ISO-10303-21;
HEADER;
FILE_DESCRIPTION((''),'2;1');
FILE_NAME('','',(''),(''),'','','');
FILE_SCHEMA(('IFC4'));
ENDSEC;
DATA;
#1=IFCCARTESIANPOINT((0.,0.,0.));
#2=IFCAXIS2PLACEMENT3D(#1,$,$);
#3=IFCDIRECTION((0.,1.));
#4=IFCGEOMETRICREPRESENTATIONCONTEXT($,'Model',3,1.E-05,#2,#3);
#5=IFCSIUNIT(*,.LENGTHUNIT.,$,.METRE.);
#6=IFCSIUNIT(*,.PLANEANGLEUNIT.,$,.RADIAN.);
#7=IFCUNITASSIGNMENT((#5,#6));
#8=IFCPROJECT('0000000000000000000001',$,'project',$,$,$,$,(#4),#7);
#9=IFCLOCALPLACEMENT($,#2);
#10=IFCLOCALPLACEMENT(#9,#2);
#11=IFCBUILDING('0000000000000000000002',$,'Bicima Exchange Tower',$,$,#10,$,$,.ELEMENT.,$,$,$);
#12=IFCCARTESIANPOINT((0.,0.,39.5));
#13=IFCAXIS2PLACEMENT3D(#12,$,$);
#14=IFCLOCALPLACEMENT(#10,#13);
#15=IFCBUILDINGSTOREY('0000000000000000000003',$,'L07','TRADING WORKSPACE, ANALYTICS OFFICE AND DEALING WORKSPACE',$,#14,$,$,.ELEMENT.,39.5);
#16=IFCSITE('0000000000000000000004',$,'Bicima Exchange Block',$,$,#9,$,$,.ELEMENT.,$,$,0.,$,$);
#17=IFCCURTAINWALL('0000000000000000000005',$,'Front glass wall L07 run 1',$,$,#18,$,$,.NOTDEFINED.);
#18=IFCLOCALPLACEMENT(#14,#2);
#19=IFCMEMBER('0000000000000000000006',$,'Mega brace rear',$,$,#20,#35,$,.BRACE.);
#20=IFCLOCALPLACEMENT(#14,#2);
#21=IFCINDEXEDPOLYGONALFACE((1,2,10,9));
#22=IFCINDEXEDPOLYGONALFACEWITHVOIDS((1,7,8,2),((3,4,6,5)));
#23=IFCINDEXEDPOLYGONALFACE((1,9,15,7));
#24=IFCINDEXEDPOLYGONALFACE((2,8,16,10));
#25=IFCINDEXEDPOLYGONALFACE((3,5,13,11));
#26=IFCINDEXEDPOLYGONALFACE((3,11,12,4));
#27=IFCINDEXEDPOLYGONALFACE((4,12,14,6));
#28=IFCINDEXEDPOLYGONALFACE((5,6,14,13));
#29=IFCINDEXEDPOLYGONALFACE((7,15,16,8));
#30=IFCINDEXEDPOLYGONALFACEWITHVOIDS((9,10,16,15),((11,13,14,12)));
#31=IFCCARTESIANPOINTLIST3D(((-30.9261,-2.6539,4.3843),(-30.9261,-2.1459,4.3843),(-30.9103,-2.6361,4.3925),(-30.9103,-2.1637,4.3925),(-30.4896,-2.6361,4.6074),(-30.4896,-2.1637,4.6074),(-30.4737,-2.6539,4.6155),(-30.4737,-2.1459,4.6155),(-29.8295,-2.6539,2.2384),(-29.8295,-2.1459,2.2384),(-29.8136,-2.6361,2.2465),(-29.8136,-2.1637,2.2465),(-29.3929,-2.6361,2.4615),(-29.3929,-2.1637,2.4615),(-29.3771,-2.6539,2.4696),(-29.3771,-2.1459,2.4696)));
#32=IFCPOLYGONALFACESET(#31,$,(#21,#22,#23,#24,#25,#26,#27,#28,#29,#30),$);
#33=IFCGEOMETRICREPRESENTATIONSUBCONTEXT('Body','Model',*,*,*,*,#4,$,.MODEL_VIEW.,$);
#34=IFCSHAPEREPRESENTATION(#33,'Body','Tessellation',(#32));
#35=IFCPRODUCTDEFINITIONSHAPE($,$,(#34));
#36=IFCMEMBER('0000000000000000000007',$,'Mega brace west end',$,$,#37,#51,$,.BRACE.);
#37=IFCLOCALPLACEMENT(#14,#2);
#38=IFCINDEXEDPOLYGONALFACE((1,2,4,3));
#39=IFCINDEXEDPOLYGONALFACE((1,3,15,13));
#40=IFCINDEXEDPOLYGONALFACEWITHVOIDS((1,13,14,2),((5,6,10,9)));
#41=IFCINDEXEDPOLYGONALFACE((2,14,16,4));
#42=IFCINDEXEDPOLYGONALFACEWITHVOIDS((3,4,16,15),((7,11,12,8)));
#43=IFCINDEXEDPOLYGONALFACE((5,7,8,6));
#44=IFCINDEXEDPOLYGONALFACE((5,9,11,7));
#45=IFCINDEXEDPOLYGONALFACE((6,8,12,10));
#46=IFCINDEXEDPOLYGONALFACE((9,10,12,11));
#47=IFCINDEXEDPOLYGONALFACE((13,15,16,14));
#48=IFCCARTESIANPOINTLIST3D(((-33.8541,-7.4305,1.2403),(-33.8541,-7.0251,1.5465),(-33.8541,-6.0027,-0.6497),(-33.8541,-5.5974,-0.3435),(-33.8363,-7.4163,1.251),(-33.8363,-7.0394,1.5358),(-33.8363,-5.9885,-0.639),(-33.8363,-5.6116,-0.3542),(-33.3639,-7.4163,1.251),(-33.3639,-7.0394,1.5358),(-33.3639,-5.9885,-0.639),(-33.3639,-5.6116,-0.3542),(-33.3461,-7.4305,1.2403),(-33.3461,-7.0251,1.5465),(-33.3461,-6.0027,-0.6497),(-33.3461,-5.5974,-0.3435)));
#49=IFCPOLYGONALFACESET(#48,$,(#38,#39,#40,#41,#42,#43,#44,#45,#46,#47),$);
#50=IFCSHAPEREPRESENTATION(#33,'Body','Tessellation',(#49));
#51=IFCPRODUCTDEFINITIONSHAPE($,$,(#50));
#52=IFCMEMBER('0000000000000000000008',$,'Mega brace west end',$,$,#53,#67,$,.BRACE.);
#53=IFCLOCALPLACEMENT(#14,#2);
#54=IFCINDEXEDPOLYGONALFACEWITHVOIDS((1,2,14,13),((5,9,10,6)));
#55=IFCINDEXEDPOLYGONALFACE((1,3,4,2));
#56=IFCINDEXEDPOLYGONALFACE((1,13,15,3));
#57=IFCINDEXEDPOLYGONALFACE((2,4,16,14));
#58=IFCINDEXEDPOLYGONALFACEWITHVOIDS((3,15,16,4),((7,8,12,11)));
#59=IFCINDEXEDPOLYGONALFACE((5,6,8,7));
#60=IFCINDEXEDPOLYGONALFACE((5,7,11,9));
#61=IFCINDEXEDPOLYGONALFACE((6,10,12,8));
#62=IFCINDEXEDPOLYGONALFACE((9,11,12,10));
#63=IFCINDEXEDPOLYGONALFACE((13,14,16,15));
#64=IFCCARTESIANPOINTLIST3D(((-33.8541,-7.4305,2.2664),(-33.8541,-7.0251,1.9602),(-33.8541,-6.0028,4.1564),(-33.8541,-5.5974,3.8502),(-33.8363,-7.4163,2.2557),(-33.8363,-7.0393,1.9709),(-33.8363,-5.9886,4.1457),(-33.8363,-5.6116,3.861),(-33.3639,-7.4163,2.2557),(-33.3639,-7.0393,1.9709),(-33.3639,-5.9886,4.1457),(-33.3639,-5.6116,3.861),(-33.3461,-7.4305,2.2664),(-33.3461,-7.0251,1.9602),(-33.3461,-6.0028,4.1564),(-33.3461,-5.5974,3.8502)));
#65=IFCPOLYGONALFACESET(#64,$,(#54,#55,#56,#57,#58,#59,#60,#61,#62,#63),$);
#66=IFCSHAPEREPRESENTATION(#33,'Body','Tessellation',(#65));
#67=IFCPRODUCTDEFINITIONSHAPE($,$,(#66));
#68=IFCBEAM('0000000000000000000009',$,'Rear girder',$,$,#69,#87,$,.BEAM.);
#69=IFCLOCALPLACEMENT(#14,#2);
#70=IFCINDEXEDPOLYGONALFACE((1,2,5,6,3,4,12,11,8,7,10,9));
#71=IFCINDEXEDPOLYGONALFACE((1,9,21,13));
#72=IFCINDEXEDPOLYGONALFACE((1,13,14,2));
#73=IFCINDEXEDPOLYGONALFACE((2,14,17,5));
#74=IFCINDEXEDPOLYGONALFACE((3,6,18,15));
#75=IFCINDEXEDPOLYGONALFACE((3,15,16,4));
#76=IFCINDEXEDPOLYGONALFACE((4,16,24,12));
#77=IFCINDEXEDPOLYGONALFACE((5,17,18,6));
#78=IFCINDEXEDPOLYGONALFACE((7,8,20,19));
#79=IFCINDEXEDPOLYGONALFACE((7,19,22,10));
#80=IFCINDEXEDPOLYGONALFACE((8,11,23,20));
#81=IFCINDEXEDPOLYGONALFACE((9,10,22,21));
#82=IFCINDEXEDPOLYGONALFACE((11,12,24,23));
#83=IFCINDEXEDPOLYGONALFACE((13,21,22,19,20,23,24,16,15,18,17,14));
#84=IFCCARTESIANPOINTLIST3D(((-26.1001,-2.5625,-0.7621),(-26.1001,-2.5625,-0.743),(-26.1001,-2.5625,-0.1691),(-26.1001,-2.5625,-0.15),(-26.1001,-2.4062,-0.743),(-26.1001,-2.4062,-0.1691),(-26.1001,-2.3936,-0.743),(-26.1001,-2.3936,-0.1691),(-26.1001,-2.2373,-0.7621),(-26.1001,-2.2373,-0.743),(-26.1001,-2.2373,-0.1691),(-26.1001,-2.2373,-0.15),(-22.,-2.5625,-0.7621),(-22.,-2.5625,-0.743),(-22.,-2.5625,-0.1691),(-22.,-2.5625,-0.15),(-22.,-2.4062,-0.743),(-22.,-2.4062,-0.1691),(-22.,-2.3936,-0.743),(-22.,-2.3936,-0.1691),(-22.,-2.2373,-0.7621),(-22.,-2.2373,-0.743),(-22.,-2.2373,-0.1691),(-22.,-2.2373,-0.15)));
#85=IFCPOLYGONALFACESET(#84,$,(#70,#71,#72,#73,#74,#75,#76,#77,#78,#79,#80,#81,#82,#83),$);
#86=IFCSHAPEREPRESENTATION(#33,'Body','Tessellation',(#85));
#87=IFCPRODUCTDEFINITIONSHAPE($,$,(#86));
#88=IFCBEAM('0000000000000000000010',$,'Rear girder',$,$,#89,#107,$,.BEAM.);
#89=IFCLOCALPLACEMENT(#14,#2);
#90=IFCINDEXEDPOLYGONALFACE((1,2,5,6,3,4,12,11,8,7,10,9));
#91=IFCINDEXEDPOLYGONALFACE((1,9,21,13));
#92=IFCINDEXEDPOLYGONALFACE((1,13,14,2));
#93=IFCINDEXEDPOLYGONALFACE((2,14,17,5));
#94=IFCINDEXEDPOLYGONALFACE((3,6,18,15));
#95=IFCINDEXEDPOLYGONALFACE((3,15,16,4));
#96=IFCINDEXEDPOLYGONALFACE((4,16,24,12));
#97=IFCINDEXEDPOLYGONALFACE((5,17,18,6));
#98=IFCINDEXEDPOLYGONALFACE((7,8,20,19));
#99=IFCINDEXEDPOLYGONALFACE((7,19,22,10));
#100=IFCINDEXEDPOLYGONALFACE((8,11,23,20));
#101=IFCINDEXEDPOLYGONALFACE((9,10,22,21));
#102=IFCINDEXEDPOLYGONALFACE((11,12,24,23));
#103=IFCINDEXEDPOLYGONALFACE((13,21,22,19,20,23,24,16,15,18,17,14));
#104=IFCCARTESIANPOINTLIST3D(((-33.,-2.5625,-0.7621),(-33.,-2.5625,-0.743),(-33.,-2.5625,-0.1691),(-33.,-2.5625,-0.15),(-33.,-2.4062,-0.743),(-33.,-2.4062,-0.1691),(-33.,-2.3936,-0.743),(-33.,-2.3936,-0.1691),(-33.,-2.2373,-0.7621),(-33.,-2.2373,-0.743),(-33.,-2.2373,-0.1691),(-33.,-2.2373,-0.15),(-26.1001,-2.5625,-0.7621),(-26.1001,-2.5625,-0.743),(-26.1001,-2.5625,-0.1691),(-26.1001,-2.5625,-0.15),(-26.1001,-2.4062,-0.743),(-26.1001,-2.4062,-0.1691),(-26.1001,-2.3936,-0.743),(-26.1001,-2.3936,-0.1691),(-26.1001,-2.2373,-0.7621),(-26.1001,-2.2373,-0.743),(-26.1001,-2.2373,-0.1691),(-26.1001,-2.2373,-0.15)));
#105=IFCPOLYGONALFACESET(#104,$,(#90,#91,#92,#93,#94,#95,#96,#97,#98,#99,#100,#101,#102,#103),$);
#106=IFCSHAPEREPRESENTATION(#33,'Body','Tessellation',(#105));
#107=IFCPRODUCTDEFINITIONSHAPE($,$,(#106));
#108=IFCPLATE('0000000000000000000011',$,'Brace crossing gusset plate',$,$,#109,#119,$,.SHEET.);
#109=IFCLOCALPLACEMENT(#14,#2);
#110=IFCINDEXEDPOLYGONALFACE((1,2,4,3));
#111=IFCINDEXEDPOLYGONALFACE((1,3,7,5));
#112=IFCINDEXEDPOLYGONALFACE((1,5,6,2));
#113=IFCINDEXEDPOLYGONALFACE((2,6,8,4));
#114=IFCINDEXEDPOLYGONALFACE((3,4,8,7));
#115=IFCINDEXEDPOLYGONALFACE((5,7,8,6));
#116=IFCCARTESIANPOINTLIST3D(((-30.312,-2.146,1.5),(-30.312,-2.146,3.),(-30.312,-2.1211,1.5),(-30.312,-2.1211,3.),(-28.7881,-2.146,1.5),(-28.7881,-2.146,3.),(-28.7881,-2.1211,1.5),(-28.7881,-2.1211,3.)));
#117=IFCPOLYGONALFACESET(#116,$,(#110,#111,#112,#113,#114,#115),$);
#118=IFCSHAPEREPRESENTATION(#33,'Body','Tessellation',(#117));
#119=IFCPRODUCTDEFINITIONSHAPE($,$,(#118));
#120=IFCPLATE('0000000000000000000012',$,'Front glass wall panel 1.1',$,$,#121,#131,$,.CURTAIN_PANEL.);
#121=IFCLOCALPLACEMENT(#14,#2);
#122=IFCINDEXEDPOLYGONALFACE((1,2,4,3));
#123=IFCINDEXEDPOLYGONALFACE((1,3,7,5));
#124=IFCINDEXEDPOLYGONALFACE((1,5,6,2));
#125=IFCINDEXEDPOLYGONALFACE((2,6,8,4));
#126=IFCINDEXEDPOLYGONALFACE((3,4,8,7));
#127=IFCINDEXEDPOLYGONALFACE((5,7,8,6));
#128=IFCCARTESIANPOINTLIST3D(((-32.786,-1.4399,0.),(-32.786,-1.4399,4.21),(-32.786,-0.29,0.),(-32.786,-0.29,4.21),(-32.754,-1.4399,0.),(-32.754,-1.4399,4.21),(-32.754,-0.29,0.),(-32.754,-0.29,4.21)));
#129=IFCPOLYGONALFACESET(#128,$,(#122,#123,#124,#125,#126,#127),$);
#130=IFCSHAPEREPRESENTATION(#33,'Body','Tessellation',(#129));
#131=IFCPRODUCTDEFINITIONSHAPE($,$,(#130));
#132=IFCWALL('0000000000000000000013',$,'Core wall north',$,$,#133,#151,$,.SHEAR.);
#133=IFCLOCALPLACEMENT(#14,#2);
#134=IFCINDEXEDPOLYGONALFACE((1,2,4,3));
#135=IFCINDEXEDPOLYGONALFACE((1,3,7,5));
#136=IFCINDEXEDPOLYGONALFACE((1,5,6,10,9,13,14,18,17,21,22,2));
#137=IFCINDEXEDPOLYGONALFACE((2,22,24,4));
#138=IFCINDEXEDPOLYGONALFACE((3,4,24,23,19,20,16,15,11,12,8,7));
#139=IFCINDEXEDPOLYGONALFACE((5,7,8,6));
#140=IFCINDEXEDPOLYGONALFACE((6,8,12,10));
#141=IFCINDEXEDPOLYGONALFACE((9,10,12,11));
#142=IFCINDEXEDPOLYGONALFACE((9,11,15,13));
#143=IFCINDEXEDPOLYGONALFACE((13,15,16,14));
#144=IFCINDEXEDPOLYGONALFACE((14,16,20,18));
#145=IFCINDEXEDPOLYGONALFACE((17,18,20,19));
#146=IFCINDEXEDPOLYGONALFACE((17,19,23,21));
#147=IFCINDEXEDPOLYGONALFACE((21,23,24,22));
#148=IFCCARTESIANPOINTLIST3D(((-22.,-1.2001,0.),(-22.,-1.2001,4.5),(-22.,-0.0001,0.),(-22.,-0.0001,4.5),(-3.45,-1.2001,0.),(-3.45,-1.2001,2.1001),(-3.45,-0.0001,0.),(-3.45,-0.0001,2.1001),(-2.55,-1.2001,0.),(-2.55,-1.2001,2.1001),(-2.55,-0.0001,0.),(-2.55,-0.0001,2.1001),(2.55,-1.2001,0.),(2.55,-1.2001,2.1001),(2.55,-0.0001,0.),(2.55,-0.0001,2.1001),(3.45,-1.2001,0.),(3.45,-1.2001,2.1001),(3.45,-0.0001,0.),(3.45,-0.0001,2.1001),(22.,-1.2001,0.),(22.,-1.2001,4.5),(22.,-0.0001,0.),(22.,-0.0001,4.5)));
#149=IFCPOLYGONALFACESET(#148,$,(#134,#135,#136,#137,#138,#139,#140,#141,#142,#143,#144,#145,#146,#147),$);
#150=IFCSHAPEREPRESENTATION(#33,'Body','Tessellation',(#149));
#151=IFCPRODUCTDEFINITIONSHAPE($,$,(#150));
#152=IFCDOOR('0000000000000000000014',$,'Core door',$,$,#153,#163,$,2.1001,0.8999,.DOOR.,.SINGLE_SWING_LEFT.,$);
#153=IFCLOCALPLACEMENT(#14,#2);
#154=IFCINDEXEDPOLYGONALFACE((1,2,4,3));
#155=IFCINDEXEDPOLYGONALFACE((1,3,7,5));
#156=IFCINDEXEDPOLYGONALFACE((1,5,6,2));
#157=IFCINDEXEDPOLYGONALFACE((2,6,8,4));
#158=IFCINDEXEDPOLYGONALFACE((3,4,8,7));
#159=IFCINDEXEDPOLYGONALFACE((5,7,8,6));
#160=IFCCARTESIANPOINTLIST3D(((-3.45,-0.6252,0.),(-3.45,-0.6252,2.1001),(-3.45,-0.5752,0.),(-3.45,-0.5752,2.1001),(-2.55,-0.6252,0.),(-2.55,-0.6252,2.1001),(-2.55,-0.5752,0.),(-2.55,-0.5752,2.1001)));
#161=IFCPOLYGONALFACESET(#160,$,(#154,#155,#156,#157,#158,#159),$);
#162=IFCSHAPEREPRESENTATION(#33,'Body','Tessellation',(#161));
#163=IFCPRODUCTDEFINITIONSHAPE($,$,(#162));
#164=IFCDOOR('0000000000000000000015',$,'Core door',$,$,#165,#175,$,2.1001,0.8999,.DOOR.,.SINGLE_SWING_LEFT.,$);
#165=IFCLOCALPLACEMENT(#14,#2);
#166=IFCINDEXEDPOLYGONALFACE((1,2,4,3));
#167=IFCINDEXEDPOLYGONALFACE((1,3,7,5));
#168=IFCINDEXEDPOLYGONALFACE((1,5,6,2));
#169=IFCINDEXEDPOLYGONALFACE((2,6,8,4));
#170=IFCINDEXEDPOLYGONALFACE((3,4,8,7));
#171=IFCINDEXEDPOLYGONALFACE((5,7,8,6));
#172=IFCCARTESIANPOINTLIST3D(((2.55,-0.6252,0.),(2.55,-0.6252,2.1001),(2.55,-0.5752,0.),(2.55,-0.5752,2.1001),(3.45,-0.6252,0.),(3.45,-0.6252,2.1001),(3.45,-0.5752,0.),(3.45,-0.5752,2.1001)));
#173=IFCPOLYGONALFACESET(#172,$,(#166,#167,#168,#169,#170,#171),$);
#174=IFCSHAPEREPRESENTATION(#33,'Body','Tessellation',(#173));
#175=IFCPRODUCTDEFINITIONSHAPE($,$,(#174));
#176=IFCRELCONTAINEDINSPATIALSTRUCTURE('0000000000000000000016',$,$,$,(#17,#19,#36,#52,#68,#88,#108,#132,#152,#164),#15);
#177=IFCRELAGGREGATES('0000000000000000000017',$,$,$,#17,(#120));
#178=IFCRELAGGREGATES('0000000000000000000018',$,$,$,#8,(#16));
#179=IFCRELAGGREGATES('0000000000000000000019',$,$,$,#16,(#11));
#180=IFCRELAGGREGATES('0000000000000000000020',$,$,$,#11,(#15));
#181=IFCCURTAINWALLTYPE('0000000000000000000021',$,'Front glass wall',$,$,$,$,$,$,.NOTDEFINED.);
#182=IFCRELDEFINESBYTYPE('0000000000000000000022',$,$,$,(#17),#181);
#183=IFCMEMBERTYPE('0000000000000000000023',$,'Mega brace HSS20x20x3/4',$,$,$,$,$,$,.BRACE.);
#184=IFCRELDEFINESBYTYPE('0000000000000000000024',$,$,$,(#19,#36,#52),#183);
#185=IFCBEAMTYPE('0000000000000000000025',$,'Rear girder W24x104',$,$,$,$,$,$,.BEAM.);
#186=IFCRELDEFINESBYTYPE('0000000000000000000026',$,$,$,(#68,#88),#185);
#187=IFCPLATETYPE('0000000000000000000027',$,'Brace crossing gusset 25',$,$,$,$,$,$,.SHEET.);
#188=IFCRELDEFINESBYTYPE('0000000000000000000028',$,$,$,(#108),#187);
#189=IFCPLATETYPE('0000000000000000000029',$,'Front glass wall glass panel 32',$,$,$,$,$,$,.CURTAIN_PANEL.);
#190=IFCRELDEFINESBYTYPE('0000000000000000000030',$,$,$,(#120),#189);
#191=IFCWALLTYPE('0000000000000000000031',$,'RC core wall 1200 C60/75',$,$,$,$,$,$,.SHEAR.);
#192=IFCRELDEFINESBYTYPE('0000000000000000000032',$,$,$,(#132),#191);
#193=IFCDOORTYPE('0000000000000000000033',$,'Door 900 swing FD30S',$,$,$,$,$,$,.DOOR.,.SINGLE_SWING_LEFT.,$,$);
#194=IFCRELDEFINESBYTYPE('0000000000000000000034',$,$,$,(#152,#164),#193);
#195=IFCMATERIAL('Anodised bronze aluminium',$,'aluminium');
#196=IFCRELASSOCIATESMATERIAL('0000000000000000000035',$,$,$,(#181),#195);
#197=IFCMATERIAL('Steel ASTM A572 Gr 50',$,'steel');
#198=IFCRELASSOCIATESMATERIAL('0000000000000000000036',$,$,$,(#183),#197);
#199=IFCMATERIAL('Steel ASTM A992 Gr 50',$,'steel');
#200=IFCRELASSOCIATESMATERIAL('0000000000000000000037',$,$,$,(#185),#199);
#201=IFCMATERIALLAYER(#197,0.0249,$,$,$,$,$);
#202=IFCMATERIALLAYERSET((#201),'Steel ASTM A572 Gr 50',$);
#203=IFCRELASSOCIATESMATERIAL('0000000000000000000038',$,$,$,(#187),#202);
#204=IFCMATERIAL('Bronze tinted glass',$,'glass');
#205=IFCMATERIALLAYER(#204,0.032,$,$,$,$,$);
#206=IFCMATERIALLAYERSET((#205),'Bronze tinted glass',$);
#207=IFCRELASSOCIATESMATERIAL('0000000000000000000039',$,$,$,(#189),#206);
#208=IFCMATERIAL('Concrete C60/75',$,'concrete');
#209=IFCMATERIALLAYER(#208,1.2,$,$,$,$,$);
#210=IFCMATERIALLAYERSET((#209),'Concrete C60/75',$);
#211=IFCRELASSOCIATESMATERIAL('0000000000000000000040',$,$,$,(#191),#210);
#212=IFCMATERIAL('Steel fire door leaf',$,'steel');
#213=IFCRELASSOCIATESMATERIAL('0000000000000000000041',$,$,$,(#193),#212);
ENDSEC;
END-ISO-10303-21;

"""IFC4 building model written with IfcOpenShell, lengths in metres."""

from ifc_helpers import new_model, si_unit, direction, frame, frame_2d, origin, origin_2d, place, context, subcontext, project, spatial, rectangle, hollow_rectangle, i_section, extrude, material, layer, layer_set, material_profile, profile_set, type_object, element, fill, aggregate, save


model = new_model("IFC4")

# Units and contexts
model_context = context("Model", 3, precision=1e-05, world=origin(), true_north=direction((0.0, 1.0)))
body_context = subcontext(model_context, "Body", "Model", "MODEL_VIEW")
ifc_project = project(units=[si_unit("LENGTHUNIT", "METRE"), si_unit("PLANEANGLEUNIT", "RADIAN")], contexts=[model_context])

# Site, building, storey
site_placement = place(None, origin())
site = spatial("IfcSite", under=ifc_project, at=site_placement, Name="Bicima Exchange Block", CompositionType="ELEMENT", RefElevation=0.0)
building_placement = place(site_placement, origin())
building = spatial("IfcBuilding", under=site, at=building_placement, Name="Bicima Exchange Tower", CompositionType="ELEMENT")
storey_placement = place(building_placement, frame((0.0, 0.0, 39.5)))
storey = spatial("IfcBuildingStorey", under=building, at=storey_placement, Name="L07", Description="TRADING WORKSPACE, ANALYTICS OFFICE AND DEALING WORKSPACE", CompositionType="ELEMENT", Elevation=39.5)

# Shared definitions
ifc_material_1 = material(Name="Steel ASTM A572 Gr 50", Category="steel")
ifc_material_2 = material(Name="Steel ASTM A992 Gr 50", Category="steel")

# Curtain wall
ifc_material_3 = material(Name="Anodised bronze aluminium", Category="aluminium")
curtain_wall_type = type_object("IfcCurtainWallType", Name="Front glass wall", PredefinedType="NOTDEFINED", material=ifc_material_3)
curtain_wall_placement = place(storey_placement, origin())
curtain_wall = element("IfcCurtainWall", 1, at=curtain_wall_placement, inside=storey, type_object=curtain_wall_type, Name="Front glass wall L07 run 1", PredefinedType="NOTDEFINED")

# Members
ifc_material_profile_1 = material_profile(ifc_material_1, hollow_rectangle(XDim=0.5081, YDim=0.5081, WallThickness=0.0178, at=origin_2d()))
ifc_profile_set_1 = profile_set([ifc_material_profile_1], Name="Steel ASTM A572 Gr 50")
member_type_1 = type_object("IfcMemberType", Name="Mega brace HSS20x20x3/4", PredefinedType="BRACE", material=ifc_profile_set_1)
member_1_placement = place(storey_placement, frame((-29.6033, -2.3999, 2.354), z_axis=(-0.455058, 0.0, 0.890462), x_axis=(0.0, -1.0, 0.0)))
element("IfcMember", 2, at=member_1_placement, inside=storey, type_object=member_type_1, Name="Mega brace rear", PredefinedType="BRACE", context=body_context, shape_type="SweptSolid", body=[
    extrude(hollow_rectangle(XDim=0.5081, YDim=0.5081, WallThickness=0.0178, at=origin_2d()), origin(), (0.0, 0.0, 1.0), 2.4099),
])
for number, where, z_axis, x_axis, name in (
    (3, (-33.6001, -5.8, -0.4966), (0.0, -0.602784, 0.797905), (1.0, 0.0, 0.0), "Mega brace west end"),
    (4, (-33.6001, -7.2278, 2.1133), (0.0, 0.602734, 0.797942), (-1.0, 0.0, 0.0), "Mega brace west end"),
):
    element("IfcMember", number, at=place(storey_placement, frame(where, z_axis=z_axis, x_axis=x_axis)), inside=storey, type_object=member_type_1, Name=name, PredefinedType="BRACE", context=body_context, shape_type="SweptSolid", body=[
        extrude(hollow_rectangle(XDim=0.5081, YDim=0.5081, WallThickness=0.0178, at=origin_2d()), origin(), (0.0, 0.0, 1.0), 2.3687),
    ])

# Beams
ifc_material_profile_2 = material_profile(ifc_material_2, i_section(OverallWidth=0.3252, OverallDepth=0.6121, WebThickness=0.0127, FlangeThickness=0.019, at=origin_2d()))
ifc_profile_set_2 = profile_set([ifc_material_profile_2], Name="Steel ASTM A992 Gr 50")
beam_type_1 = type_object("IfcBeamType", Name="Rear girder W24x104", PredefinedType="BEAM", material=ifc_profile_set_2)
beam_1_placement = place(storey_placement, frame((-22.0, -2.3999, -0.4561), z_axis=(-1.0, 0.0, 0.0), x_axis=(0.0, -1.0, 0.0)))
element("IfcBeam", 5, at=beam_1_placement, inside=storey, type_object=beam_type_1, Name="Rear girder", PredefinedType="BEAM", context=body_context, shape_type="SweptSolid", body=[
    extrude(i_section(OverallWidth=0.3252, OverallDepth=0.6121, WebThickness=0.0127, FlangeThickness=0.019, at=origin_2d()), origin(), (0.0, 0.0, 1.0), 4.1001),
])
beam_2_placement = place(storey_placement, frame((-26.1001, -2.3999, -0.4561), z_axis=(-1.0, 0.0, 0.0), x_axis=(0.0, -1.0, 0.0)))
element("IfcBeam", 6, at=beam_2_placement, inside=storey, type_object=beam_type_1, Name="Rear girder", PredefinedType="BEAM", context=body_context, shape_type="SweptSolid", body=[
    extrude(i_section(OverallWidth=0.3252, OverallDepth=0.6121, WebThickness=0.0127, FlangeThickness=0.019, at=origin_2d()), origin(), (0.0, 0.0, 1.0), 6.8999),
])

# Plates
ifc_layer_1 = layer(ifc_material_1, 0.0249)
ifc_layer_set_1 = layer_set([ifc_layer_1], Name="Steel ASTM A572 Gr 50")
plate_type_1 = type_object("IfcPlateType", Name="Brace crossing gusset 25", PredefinedType="SHEET", material=ifc_layer_set_1)
plate_1_placement = place(storey_placement, frame((-29.55, -2.1335, 1.5), z_axis=(0.0, 0.0, 1.0), x_axis=(1.0, 0.0, 0.0)))
element("IfcPlate", 7, at=plate_1_placement, inside=storey, type_object=plate_type_1, Name="Brace crossing gusset plate", PredefinedType="SHEET", context=body_context, shape_type="SweptSolid", body=[
    extrude(rectangle(XDim=1.5239, YDim=0.0249, at=origin_2d()), origin(), (0.0, 0.0, 1.0), 1.5),
])
ifc_material_4 = material(Name="Bronze tinted glass", Category="glass")
ifc_layer_2 = layer(ifc_material_4, 0.032)
ifc_layer_set_2 = layer_set([ifc_layer_2], Name="Bronze tinted glass")
plate_type_2 = type_object("IfcPlateType", Name="Front glass wall glass panel 32", PredefinedType="CURTAIN_PANEL", material=ifc_layer_set_2)
plate_2_placement = place(storey_placement, frame((-32.77, -0.865, 0.0), z_axis=(0.0, 0.0, 1.0), x_axis=(0.0, -1.0, 0.0)))
plate_2 = element("IfcPlate", 8, at=plate_2_placement, type_object=plate_type_2, Name="Front glass wall panel 1.1", PredefinedType="CURTAIN_PANEL", context=body_context, shape_type="SweptSolid", body=[
    extrude(rectangle(XDim=1.1499, YDim=0.032, at=origin_2d()), origin(), (0.0, 0.0, 1.0), 4.21),
])
aggregate(curtain_wall, [plate_2])

# Wall, openings, doors
ifc_material_5 = material(Name="Concrete C60/75", Category="concrete")
ifc_layer_3 = layer(ifc_material_5, 1.2)
ifc_layer_set_3 = layer_set([ifc_layer_3], Name="Concrete C60/75")
wall_type_1 = type_object("IfcWallType", Name="RC core wall 1200 C60/75", PredefinedType="SHEAR", material=ifc_layer_set_3)
wall_1_placement = place(storey_placement, frame((-22.0, -0.6001, 0.0), z_axis=(0.0, 0.0, 1.0), x_axis=(1.0, 0.0, 0.0)))
wall_1 = element("IfcWall", 9, at=wall_1_placement, inside=storey, type_object=wall_type_1, Name="Core wall north", PredefinedType="SHEAR", context=body_context, shape_type="SweptSolid", body=[
    extrude(rectangle(XDim=44.0, YDim=1.2, at=frame_2d((22.0, 0.0))), origin(), (0.0, 0.0, 1.0), 4.5),
])
opening_1_placement = place(wall_1_placement, frame((18.55, 0.0, 0.0)))
opening_1 = element("IfcOpeningElement", 10, at=opening_1_placement, cuts=wall_1, PredefinedType="OPENING", context=body_context, shape_type="SweptSolid", body=[
    extrude(rectangle(XDim=0.8999, YDim=2.1001, at=frame_2d((0.45, 1.05))), frame((0.0, 0.6118, 0.0), z_axis=(0.0, -1.0, 0.0), x_axis=(1.0, 0.0, 0.0)), (0.0, 0.0, 1.0), 1.2239),
])
opening_2_placement = place(wall_1_placement, frame((24.55, 0.0, 0.0)))
opening_2 = element("IfcOpeningElement", 11, at=opening_2_placement, cuts=wall_1, PredefinedType="OPENING", context=body_context, shape_type="SweptSolid", body=[
    extrude(rectangle(XDim=0.8999, YDim=2.1001, at=frame_2d((0.45, 1.05))), frame((0.0, 0.6118, 0.0), z_axis=(0.0, -1.0, 0.0), x_axis=(1.0, 0.0, 0.0)), (0.0, 0.0, 1.0), 1.2239),
])
ifc_material_6 = material(Name="Steel fire door leaf", Category="steel")
door_type = type_object("IfcDoorType", Name="Door 900 swing FD30S", OperationType="SINGLE_SWING_LEFT", PredefinedType="DOOR", material=ifc_material_6)
door_1_placement = place(opening_1_placement, origin())
door_1 = element("IfcDoor", 12, at=door_1_placement, inside=storey, type_object=door_type, Name="Core door", OperationType="SINGLE_SWING_LEFT", OverallHeight=2.1001, OverallWidth=0.8999, PredefinedType="DOOR", context=body_context, shape_type="SweptSolid", body=[
    extrude(rectangle(XDim=0.8999, YDim=2.1001, at=frame_2d((0.45, 1.05))), frame((0.0, 0.0249, 0.0), z_axis=(0.0, -1.0, 0.0), x_axis=(1.0, 0.0, 0.0)), (0.0, 0.0, 1.0), 0.05),
])
fill(opening_1, door_1)
door_2_placement = place(opening_2_placement, origin())
door_2 = element("IfcDoor", 13, at=door_2_placement, inside=storey, type_object=door_type, Name="Core door", OperationType="SINGLE_SWING_LEFT", OverallHeight=2.1001, OverallWidth=0.8999, PredefinedType="DOOR", context=body_context, shape_type="SweptSolid", body=[
    extrude(rectangle(XDim=0.8999, YDim=2.1001, at=frame_2d((0.45, 1.05))), frame((0.0, 0.0249, 0.0), z_axis=(0.0, -1.0, 0.0), x_axis=(1.0, 0.0, 0.0)), (0.0, 0.0, 1.0), 0.05),
])
fill(opening_2, door_2)

save(model, "model.ifc")
